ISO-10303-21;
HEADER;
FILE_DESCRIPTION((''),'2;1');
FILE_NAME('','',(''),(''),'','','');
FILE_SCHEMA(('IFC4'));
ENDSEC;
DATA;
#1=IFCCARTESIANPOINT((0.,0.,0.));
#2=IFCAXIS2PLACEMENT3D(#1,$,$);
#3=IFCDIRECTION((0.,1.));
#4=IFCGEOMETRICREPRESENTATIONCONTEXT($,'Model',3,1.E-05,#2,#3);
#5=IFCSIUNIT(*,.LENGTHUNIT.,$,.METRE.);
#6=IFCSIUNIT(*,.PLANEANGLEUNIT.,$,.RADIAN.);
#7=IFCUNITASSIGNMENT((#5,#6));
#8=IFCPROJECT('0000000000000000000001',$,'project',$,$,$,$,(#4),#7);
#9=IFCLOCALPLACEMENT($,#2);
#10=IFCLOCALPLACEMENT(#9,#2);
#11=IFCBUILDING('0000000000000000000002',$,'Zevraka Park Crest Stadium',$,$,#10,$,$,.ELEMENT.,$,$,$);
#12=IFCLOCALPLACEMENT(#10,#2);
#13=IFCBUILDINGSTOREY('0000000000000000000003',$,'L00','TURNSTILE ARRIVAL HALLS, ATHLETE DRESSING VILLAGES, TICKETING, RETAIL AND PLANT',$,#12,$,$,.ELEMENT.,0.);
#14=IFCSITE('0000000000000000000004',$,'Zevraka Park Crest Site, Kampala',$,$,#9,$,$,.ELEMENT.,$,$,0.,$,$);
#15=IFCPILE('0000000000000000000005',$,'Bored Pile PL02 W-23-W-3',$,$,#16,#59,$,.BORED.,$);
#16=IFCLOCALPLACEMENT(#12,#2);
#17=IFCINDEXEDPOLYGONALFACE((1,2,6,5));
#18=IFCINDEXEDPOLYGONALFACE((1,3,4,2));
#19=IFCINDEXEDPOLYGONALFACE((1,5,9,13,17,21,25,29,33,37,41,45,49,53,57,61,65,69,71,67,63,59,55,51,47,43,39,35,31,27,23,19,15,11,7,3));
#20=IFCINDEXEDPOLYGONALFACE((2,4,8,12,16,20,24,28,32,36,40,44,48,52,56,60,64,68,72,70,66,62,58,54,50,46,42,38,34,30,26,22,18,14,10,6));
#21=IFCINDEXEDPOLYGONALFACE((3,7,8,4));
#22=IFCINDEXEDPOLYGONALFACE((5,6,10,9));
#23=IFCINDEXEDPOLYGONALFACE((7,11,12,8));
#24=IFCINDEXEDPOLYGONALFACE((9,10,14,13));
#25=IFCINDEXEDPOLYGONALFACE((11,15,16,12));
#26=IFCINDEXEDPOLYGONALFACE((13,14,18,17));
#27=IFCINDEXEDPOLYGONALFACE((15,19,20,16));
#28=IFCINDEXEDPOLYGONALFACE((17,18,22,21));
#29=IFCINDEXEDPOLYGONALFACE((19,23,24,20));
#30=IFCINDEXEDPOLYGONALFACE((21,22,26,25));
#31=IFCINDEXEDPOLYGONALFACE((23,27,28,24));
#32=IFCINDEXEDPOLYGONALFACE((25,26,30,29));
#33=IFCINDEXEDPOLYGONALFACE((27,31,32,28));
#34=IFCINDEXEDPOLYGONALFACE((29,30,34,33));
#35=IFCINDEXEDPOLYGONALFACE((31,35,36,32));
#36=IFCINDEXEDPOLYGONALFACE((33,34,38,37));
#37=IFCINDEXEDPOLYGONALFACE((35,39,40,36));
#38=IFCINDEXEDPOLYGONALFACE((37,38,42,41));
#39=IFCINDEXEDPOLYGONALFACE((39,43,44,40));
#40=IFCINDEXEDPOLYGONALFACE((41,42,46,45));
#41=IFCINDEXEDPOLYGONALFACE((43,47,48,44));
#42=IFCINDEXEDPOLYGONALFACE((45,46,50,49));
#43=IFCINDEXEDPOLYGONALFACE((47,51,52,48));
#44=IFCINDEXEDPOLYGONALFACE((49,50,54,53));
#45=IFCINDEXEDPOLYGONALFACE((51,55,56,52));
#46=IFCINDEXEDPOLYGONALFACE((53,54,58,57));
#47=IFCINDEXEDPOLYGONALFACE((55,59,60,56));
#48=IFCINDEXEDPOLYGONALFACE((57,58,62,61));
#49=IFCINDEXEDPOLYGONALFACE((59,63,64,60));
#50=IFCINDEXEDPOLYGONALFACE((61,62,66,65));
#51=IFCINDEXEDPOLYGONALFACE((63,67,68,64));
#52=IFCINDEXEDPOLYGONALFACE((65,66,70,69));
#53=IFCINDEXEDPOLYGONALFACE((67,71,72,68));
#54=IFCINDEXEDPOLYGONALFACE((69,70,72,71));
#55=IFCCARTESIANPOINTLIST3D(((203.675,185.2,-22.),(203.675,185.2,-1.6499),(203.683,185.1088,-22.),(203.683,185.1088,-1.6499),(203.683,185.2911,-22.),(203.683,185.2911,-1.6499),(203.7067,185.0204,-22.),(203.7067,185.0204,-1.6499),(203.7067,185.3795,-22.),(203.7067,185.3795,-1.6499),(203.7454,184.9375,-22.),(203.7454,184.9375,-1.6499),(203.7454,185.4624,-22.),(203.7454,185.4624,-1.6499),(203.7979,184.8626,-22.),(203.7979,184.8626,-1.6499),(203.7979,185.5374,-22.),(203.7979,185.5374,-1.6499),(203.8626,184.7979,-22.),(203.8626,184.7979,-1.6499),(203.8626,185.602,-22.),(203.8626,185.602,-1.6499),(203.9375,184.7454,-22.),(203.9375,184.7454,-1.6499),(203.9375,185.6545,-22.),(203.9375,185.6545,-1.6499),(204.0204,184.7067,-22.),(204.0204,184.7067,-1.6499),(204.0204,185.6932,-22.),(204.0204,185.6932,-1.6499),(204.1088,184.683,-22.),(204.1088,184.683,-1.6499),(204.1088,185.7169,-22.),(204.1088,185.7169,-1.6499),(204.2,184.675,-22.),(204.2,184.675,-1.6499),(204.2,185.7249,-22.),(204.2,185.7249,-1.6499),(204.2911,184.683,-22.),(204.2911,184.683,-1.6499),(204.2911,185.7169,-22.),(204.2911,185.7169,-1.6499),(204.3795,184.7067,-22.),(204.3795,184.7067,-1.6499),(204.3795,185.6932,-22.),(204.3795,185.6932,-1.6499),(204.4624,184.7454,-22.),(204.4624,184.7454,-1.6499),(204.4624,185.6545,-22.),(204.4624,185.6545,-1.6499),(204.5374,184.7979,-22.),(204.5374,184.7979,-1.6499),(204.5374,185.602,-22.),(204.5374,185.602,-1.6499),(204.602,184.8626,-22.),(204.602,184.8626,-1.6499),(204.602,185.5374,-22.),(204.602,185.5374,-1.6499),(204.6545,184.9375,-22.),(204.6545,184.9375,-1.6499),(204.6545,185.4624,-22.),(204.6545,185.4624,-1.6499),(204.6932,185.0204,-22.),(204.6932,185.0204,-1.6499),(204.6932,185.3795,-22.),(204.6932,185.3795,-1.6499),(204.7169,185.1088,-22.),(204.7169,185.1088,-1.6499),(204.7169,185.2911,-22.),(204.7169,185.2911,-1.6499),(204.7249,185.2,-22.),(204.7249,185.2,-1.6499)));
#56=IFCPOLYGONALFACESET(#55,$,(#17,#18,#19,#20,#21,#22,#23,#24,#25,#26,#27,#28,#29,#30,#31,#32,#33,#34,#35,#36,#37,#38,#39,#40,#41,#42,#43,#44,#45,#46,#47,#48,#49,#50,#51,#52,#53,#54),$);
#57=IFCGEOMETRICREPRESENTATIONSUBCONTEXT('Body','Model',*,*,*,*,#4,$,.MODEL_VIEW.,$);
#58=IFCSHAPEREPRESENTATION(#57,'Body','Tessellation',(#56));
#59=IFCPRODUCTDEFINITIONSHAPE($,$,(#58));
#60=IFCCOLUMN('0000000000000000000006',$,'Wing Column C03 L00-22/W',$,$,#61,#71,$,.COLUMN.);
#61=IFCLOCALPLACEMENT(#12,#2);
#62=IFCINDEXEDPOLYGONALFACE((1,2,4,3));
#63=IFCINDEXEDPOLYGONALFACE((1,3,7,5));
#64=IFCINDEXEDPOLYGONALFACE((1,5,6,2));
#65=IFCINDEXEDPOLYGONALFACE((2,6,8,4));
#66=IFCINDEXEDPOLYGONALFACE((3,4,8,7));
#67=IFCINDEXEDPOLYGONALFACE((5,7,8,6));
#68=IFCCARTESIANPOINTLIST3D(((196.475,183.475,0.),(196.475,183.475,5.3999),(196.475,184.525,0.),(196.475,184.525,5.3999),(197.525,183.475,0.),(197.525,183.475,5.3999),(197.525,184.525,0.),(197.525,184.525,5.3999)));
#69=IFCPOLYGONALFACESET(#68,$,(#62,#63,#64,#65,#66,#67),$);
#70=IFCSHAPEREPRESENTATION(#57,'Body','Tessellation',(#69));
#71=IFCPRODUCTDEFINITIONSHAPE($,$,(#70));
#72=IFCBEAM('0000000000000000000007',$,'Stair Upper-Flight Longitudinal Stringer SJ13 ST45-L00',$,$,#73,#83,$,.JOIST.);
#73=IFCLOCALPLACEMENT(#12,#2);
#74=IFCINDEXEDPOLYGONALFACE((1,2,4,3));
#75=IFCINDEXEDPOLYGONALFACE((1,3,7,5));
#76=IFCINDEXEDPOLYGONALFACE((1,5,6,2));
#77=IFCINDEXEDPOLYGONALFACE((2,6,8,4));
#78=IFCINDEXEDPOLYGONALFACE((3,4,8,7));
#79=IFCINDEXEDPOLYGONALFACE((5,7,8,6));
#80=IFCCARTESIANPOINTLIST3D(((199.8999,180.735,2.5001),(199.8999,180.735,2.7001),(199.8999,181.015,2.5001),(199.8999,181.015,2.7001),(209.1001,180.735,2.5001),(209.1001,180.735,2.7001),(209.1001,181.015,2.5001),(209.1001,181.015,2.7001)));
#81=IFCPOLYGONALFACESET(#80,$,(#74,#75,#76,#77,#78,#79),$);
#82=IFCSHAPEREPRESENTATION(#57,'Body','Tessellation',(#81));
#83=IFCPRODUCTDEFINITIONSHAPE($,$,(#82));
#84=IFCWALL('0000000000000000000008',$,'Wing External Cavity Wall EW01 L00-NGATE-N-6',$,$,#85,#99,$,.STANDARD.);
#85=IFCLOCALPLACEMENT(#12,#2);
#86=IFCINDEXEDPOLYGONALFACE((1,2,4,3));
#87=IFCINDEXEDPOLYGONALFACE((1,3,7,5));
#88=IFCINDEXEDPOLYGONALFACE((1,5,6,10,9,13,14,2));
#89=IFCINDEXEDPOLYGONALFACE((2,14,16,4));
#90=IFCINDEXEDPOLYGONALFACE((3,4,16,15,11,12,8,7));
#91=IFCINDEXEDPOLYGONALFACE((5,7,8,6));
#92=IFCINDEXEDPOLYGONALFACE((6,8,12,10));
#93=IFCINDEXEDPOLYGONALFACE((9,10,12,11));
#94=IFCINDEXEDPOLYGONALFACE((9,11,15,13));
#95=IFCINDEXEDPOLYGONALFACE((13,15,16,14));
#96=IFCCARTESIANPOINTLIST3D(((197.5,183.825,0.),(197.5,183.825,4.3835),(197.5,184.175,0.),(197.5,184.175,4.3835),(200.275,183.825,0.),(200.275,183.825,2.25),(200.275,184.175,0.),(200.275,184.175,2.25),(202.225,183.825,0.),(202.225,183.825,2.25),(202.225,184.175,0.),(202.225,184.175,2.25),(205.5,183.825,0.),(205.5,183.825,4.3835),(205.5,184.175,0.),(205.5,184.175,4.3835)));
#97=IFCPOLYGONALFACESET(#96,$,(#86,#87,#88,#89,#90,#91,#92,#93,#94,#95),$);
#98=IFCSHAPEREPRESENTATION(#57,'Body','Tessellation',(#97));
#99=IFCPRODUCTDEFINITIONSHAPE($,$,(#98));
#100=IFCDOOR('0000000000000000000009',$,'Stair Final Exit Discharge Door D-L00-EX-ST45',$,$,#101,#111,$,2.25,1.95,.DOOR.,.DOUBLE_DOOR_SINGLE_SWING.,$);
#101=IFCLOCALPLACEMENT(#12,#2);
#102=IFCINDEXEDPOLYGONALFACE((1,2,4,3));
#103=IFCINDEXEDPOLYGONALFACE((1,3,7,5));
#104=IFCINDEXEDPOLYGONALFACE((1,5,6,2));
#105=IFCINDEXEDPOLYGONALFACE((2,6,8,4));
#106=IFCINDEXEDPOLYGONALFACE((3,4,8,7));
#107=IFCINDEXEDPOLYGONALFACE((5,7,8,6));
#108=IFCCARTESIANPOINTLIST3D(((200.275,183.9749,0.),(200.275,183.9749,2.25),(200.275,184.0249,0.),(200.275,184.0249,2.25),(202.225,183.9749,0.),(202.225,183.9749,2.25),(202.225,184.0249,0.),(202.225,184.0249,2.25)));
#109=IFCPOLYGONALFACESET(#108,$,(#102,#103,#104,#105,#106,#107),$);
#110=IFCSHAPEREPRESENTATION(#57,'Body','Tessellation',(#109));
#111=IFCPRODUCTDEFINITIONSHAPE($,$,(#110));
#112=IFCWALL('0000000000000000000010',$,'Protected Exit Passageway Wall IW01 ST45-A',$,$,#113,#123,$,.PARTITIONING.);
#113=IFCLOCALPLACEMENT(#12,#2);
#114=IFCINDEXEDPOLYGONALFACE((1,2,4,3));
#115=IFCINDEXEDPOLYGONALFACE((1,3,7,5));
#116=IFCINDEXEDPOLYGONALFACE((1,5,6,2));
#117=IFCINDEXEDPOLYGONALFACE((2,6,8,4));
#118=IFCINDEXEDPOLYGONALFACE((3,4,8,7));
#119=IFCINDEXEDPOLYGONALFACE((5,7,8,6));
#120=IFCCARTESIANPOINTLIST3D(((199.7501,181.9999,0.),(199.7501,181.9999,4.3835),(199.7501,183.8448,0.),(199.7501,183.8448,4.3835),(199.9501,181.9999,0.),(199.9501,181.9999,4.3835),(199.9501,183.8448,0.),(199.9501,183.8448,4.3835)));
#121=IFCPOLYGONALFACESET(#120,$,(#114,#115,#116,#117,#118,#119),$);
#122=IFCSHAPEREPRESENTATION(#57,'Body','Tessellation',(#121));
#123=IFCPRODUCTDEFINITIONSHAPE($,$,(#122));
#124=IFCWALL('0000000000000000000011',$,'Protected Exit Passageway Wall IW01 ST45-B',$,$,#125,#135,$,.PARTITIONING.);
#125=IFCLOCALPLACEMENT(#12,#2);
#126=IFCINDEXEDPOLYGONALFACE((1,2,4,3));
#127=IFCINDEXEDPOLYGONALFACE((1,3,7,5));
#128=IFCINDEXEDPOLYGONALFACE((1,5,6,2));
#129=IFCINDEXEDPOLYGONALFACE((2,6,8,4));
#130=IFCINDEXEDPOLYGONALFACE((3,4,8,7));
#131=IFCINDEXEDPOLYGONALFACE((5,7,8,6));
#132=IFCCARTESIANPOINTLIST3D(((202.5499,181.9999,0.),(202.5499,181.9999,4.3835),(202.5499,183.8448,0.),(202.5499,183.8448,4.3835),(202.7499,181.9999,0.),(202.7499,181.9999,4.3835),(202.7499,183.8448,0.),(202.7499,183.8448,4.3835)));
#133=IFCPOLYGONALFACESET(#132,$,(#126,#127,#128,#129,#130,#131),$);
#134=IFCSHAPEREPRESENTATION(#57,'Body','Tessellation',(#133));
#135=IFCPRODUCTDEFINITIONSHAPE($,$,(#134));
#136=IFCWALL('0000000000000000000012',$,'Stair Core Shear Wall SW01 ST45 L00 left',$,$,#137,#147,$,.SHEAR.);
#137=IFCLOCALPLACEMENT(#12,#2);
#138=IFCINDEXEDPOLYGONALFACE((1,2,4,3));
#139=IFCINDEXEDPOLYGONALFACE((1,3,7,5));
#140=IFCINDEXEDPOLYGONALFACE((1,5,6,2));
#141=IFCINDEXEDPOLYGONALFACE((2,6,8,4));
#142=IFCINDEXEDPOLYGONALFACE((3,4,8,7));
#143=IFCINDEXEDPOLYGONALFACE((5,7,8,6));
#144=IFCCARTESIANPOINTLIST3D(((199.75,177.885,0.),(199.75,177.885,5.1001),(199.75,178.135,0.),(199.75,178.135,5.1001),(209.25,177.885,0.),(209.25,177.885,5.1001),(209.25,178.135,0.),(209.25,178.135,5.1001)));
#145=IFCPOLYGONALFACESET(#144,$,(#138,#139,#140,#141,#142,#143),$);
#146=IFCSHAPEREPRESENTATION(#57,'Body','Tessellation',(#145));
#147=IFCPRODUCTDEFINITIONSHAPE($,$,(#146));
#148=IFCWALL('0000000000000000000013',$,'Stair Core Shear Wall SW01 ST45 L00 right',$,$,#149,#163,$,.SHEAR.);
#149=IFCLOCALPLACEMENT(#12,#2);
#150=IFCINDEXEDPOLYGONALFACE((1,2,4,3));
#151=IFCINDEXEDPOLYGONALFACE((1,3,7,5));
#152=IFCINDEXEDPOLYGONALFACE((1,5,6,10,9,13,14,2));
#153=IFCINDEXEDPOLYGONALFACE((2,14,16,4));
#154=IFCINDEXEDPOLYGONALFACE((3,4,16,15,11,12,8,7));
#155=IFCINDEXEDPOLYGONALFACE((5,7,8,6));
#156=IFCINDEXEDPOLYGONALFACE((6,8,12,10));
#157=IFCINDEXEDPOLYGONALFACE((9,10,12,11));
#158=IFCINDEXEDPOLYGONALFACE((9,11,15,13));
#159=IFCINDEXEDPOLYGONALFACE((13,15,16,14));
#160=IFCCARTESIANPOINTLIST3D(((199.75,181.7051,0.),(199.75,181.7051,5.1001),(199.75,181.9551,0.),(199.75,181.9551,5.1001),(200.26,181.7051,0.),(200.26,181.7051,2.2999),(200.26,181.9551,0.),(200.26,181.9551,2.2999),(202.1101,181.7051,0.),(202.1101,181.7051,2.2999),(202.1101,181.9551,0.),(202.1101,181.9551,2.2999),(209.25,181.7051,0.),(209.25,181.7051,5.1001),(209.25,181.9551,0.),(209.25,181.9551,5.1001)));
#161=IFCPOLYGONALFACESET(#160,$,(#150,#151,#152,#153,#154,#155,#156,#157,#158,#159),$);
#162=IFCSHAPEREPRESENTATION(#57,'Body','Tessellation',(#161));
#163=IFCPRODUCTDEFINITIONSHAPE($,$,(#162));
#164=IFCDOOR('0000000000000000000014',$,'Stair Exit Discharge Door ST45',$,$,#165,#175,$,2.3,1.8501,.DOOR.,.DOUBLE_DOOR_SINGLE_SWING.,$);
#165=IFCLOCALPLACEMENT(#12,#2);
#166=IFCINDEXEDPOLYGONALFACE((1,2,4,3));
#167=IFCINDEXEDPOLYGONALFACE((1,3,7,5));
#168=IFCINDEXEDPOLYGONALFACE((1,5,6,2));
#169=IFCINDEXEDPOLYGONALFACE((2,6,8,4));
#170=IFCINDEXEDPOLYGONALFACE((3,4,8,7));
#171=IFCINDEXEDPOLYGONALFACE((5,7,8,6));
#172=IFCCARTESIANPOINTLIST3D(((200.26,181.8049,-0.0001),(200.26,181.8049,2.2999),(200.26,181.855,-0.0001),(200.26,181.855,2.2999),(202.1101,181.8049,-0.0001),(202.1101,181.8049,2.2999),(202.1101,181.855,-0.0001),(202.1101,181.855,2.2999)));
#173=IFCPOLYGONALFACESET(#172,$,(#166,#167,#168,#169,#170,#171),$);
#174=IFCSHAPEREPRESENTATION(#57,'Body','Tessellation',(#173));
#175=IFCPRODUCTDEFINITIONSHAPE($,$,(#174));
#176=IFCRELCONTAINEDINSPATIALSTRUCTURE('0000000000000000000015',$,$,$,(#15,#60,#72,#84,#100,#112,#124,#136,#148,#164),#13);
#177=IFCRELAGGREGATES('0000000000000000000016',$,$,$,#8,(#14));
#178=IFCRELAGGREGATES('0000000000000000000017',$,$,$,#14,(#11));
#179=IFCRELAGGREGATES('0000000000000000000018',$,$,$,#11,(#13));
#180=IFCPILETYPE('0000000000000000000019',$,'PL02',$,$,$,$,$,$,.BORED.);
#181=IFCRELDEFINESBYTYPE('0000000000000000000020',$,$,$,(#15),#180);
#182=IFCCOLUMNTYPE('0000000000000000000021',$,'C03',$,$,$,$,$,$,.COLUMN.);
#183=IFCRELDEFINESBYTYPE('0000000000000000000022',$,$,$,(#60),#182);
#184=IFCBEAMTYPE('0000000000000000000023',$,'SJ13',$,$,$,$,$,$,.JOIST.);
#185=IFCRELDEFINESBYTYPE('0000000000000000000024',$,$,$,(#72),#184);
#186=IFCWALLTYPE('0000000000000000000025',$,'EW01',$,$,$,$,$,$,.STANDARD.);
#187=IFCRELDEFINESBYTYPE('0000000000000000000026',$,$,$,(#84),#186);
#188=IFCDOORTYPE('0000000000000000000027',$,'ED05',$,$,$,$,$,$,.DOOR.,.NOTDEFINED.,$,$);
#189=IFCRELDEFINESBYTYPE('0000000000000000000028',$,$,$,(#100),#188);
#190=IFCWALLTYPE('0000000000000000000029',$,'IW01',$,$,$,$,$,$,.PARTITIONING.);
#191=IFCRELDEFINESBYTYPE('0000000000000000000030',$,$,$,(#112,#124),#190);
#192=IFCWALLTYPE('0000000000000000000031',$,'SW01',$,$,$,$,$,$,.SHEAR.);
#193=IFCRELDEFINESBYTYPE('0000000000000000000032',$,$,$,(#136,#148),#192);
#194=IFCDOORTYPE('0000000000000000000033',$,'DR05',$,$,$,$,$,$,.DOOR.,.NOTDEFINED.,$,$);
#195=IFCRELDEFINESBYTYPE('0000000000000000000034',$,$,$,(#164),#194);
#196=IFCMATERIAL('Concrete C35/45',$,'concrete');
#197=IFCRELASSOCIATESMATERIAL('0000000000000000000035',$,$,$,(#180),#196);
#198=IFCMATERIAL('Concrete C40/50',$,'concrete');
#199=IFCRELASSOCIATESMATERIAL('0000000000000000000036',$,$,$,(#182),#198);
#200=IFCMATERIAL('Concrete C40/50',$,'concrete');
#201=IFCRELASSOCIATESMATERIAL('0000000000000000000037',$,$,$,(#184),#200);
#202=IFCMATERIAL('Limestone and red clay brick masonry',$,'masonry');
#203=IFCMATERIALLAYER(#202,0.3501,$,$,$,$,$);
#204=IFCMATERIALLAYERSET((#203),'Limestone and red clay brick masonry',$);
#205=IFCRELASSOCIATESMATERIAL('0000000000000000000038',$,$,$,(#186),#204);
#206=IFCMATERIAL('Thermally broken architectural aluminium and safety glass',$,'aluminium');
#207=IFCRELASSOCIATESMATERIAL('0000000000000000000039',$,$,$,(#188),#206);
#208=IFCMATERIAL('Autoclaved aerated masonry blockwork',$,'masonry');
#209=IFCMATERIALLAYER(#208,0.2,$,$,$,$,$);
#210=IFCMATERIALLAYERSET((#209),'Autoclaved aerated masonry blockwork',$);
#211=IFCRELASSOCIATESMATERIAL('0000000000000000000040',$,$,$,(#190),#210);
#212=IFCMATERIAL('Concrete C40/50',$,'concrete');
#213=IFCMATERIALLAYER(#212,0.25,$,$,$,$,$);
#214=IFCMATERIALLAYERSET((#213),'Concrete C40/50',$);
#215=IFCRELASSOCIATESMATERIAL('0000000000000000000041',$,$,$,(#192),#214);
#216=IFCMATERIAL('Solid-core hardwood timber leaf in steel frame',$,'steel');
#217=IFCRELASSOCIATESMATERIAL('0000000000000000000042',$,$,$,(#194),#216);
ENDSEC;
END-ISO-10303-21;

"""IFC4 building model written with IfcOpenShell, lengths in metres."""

from ifc_helpers import new_model, si_unit, direction, frame, frame_2d, origin, origin_2d, place, context, subcontext, project, spatial, rectangle, circle, extrude, material, layer, layer_set, material_profile, profile_set, type_object, element, fill, save


model = new_model("IFC4")

# Units and contexts
model_context = context("Model", 3, precision=1e-05, world=origin(), true_north=direction((0.0, 1.0)))
body_context = subcontext(model_context, "Body", "Model", "MODEL_VIEW")
ifc_project = project(units=[si_unit("LENGTHUNIT", "METRE"), si_unit("PLANEANGLEUNIT", "RADIAN")], contexts=[model_context])

# Site, building, storey
site_placement = place(None, origin())
site = spatial("IfcSite", under=ifc_project, at=site_placement, Name="Zevraka Park Crest Site, Kampala", CompositionType="ELEMENT", RefElevation=0.0)
building_placement = place(site_placement, origin())
building = spatial("IfcBuilding", under=site, at=building_placement, Name="Zevraka Park Crest Stadium", CompositionType="ELEMENT")
storey_placement = place(building_placement, origin())
storey = spatial("IfcBuildingStorey", under=building, at=storey_placement, Name="L00", Description="TURNSTILE ARRIVAL HALLS, ATHLETE DRESSING VILLAGES, TICKETING, RETAIL AND PLANT", CompositionType="ELEMENT", Elevation=0.0)

# Pile
ifc_material_1 = material(Name="Concrete C35/45", Category="concrete")
ifc_material_profile_1 = material_profile(ifc_material_1, circle(Radius=0.5249, at=origin_2d()), Name="PILE D1050")
ifc_profile_set_1 = profile_set([ifc_material_profile_1], Name="Concrete C35/45")
pile_type_1 = type_object("IfcPileType", Name="PL02", PredefinedType="BORED", material=ifc_profile_set_1)
for number, where, z_axis, x_axis, name in (
    (1, (204.2, 185.2, -1.6499), (0.0, 0.0, -1.0), (1.0, 0.0, 0.0), "Bored Pile PL02 W-23-W-3"),
):
    element("IfcPile", number, at=place(storey_placement, frame(where, z_axis=z_axis, x_axis=x_axis)), inside=storey, type_object=pile_type_1, Name=name, PredefinedType="BORED", context=body_context, shape_type="SweptSolid", body=[
        extrude(circle(Radius=0.5249, at=origin_2d()), origin(), (0.0, 0.0, 1.0), 20.3501),
    ])

# Column
ifc_material_2 = material(Name="Concrete C40/50", Category="concrete")
ifc_material_profile_2 = material_profile(ifc_material_2, rectangle(XDim=1.05, YDim=1.05, at=origin_2d()), Name="RC 1050x1050")
ifc_profile_set_2 = profile_set([ifc_material_profile_2], Name="Concrete C40/50")
column_type = type_object("IfcColumnType", Name="C03", PredefinedType="COLUMN", material=ifc_profile_set_2)
column_placement = place(storey_placement, frame((197.0, 184.0, 0.0), z_axis=(0.0, 0.0, 1.0), x_axis=(1.0, 0.0, 0.0)))
element("IfcColumn", 2, at=column_placement, inside=storey, type_object=column_type, Name="Wing Column C03 L00-22/W", PredefinedType="COLUMN", context=body_context, shape_type="SweptSolid", body=[
    extrude(rectangle(XDim=1.05, YDim=1.05, at=origin_2d()), origin(), (0.0, 0.0, 1.0), 5.3999),
])

# Beam
ifc_material_3 = material(Name="Concrete C40/50", Category="concrete")
ifc_material_profile_3 = material_profile(ifc_material_3, rectangle(XDim=0.28, YDim=0.2, at=origin_2d()), Name="RC 200x280")
ifc_profile_set_3 = profile_set([ifc_material_profile_3], Name="Concrete C40/50")
beam_type = type_object("IfcBeamType", Name="SJ13", PredefinedType="JOIST", material=ifc_profile_set_3)
beam_placement = place(storey_placement, frame((199.8999, 180.875, 2.6001), z_axis=(1.0, 0.0, 0.0), x_axis=(0.0, 1.0, 0.0)))
element("IfcBeam", 3, at=beam_placement, inside=storey, type_object=beam_type, Name="Stair Upper-Flight Longitudinal Stringer SJ13 ST45-L00", PredefinedType="JOIST", context=body_context, shape_type="SweptSolid", body=[
    extrude(rectangle(XDim=0.28, YDim=0.2, at=origin_2d()), origin(), (0.0, 0.0, 1.0), 9.2002),
])

# Wall, opening, door
ifc_material_4 = material(Name="Limestone and red clay brick masonry", Category="masonry")
ifc_layer_1 = layer(ifc_material_4, 0.3501)
ifc_layer_set_1 = layer_set([ifc_layer_1], Name="Limestone and red clay brick masonry")
wall_type_1 = type_object("IfcWallType", Name="EW01", PredefinedType="STANDARD", material=ifc_layer_set_1)
wall_1_placement = place(storey_placement, frame((197.5, 184.0, 0.0), z_axis=(0.0, 0.0, 1.0), x_axis=(1.0, 0.0, 0.0)))
wall_1 = element("IfcWall", 4, at=wall_1_placement, inside=storey, type_object=wall_type_1, Name="Wing External Cavity Wall EW01 L00-NGATE-N-6", PredefinedType="STANDARD", context=body_context, shape_type="SweptSolid", body=[
    extrude(rectangle(XDim=8.0, YDim=0.3501, at=frame_2d((4.0, 0.0))), origin(), (0.0, 0.0, 1.0), 4.3835),
])
opening_1_placement = place(wall_1_placement, frame((2.7749, 0.0, 0.0)))
opening_1 = element("IfcOpeningElement", 5, at=opening_1_placement, cuts=wall_1, PredefinedType="OPENING", context=body_context, shape_type="SweptSolid", body=[
    extrude(rectangle(XDim=1.95, YDim=2.25, at=frame_2d((0.9751, 1.125))), frame((0.0, 0.1851, 0.0), z_axis=(0.0, -1.0, 0.0), x_axis=(1.0, 0.0, 0.0)), (0.0, 0.0, 1.0), 0.3701),
])
ifc_material_5 = material(Name="Thermally broken architectural aluminium and safety glass", Category="aluminium")
door_type_1 = type_object("IfcDoorType", Name="ED05", OperationType="NOTDEFINED", PredefinedType="DOOR", material=ifc_material_5)
door_1_placement = place(opening_1_placement, origin())
door_1 = element("IfcDoor", 6, at=door_1_placement, inside=storey, type_object=door_type_1, Name="Stair Final Exit Discharge Door D-L00-EX-ST45", OperationType="DOUBLE_DOOR_SINGLE_SWING", OverallHeight=2.25, OverallWidth=1.95, PredefinedType="DOOR", context=body_context, shape_type="SweptSolid", body=[
    extrude(rectangle(XDim=1.95, YDim=2.25, at=frame_2d((0.9751, 1.125))), frame((0.0, 0.0249, 0.0), z_axis=(0.0, -1.0, 0.0), x_axis=(1.0, 0.0, 0.0)), (0.0, 0.0, 1.0), 0.05),
])
fill(opening_1, door_1)

# Walls
ifc_material_6 = material(Name="Autoclaved aerated masonry blockwork", Category="masonry")
ifc_layer_2 = layer(ifc_material_6, 0.2)
ifc_layer_set_2 = layer_set([ifc_layer_2], Name="Autoclaved aerated masonry blockwork")
wall_type_2 = type_object("IfcWallType", Name="IW01", PredefinedType="PARTITIONING", material=ifc_layer_set_2)
for number, where, z_axis, x_axis, name in (
    (7, (199.8501, 182.0, 0.0), (0.0, 0.0, 1.0), (0.0, 1.0, 0.0), "Protected Exit Passageway Wall IW01 ST45-A"),
    (8, (202.6499, 182.0, 0.0), (0.0, 0.0, 1.0), (0.0, 1.0, 0.0), "Protected Exit Passageway Wall IW01 ST45-B"),
):
    element("IfcWall", number, at=place(storey_placement, frame(where, z_axis=z_axis, x_axis=x_axis)), inside=storey, type_object=wall_type_2, Name=name, PredefinedType="PARTITIONING", context=body_context, shape_type="SweptSolid", body=[
        extrude(rectangle(XDim=1.845, YDim=0.2, at=frame_2d((0.9224, 0.0))), origin(), (0.0, 0.0, 1.0), 4.3835),
    ])
ifc_material_7 = material(Name="Concrete C40/50", Category="concrete")
ifc_layer_3 = layer(ifc_material_7, 0.25)
ifc_layer_set_3 = layer_set([ifc_layer_3], Name="Concrete C40/50")
wall_type_3 = type_object("IfcWallType", Name="SW01", PredefinedType="SHEAR", material=ifc_layer_set_3)
wall_2_placement = place(storey_placement, frame((199.75, 178.01, 0.0), z_axis=(0.0, 0.0, 1.0), x_axis=(1.0, 0.0, 0.0)))
element("IfcWall", 9, at=wall_2_placement, inside=storey, type_object=wall_type_3, Name="Stair Core Shear Wall SW01 ST45 L00 left", PredefinedType="SHEAR", context=body_context, shape_type="SweptSolid", body=[
    extrude(rectangle(XDim=9.5, YDim=0.25, at=frame_2d((4.75, 0.0))), origin(), (0.0, 0.0, 1.0), 5.1001),
])

# Wall, opening, door
wall_3_placement = place(storey_placement, frame((199.75, 181.8301, 0.0), z_axis=(0.0, 0.0, 1.0), x_axis=(1.0, 0.0, 0.0)))
wall_3 = element("IfcWall", 10, at=wall_3_placement, inside=storey, type_object=wall_type_3, Name="Stair Core Shear Wall SW01 ST45 L00 right", PredefinedType="SHEAR", context=body_context, shape_type="SweptSolid", body=[
    extrude(rectangle(XDim=9.5, YDim=0.25, at=frame_2d((4.75, 0.0))), origin(), (0.0, 0.0, 1.0), 5.1001),
])
opening_2_placement = place(wall_3_placement, frame((0.51, 0.0, 0.0)))
opening_2 = element("IfcOpeningElement", 11, at=opening_2_placement, cuts=wall_3, PredefinedType="OPENING", context=body_context, shape_type="SweptSolid", body=[
    extrude(rectangle(XDim=1.8501, YDim=2.3, at=frame_2d((0.925, 1.1499))), frame((0.0, 0.135, 0.0), z_axis=(0.0, -1.0, 0.0), x_axis=(1.0, 0.0, 0.0)), (0.0, 0.0, 1.0), 0.27),
])
ifc_material_8 = material(Name="Solid-core hardwood timber leaf in steel frame", Category="steel")
door_type_2 = type_object("IfcDoorType", Name="DR05", OperationType="NOTDEFINED", PredefinedType="DOOR", material=ifc_material_8)
door_2_placement = place(opening_2_placement, origin())
door_2 = element("IfcDoor", 12, at=door_2_placement, inside=storey, type_object=door_type_2, Name="Stair Exit Discharge Door ST45", OperationType="DOUBLE_DOOR_SINGLE_SWING", OverallHeight=2.3, OverallWidth=1.8501, PredefinedType="DOOR", context=body_context, shape_type="SweptSolid", body=[
    extrude(rectangle(XDim=1.8501, YDim=2.3, at=frame_2d((0.925, 1.1499))), frame((0.0, 0.0249, 0.0), z_axis=(0.0, -1.0, 0.0), x_axis=(1.0, 0.0, 0.0)), (0.0, 0.0, 1.0), 0.05),
])
fill(opening_2, door_2)

save(model, "model.ifc")
